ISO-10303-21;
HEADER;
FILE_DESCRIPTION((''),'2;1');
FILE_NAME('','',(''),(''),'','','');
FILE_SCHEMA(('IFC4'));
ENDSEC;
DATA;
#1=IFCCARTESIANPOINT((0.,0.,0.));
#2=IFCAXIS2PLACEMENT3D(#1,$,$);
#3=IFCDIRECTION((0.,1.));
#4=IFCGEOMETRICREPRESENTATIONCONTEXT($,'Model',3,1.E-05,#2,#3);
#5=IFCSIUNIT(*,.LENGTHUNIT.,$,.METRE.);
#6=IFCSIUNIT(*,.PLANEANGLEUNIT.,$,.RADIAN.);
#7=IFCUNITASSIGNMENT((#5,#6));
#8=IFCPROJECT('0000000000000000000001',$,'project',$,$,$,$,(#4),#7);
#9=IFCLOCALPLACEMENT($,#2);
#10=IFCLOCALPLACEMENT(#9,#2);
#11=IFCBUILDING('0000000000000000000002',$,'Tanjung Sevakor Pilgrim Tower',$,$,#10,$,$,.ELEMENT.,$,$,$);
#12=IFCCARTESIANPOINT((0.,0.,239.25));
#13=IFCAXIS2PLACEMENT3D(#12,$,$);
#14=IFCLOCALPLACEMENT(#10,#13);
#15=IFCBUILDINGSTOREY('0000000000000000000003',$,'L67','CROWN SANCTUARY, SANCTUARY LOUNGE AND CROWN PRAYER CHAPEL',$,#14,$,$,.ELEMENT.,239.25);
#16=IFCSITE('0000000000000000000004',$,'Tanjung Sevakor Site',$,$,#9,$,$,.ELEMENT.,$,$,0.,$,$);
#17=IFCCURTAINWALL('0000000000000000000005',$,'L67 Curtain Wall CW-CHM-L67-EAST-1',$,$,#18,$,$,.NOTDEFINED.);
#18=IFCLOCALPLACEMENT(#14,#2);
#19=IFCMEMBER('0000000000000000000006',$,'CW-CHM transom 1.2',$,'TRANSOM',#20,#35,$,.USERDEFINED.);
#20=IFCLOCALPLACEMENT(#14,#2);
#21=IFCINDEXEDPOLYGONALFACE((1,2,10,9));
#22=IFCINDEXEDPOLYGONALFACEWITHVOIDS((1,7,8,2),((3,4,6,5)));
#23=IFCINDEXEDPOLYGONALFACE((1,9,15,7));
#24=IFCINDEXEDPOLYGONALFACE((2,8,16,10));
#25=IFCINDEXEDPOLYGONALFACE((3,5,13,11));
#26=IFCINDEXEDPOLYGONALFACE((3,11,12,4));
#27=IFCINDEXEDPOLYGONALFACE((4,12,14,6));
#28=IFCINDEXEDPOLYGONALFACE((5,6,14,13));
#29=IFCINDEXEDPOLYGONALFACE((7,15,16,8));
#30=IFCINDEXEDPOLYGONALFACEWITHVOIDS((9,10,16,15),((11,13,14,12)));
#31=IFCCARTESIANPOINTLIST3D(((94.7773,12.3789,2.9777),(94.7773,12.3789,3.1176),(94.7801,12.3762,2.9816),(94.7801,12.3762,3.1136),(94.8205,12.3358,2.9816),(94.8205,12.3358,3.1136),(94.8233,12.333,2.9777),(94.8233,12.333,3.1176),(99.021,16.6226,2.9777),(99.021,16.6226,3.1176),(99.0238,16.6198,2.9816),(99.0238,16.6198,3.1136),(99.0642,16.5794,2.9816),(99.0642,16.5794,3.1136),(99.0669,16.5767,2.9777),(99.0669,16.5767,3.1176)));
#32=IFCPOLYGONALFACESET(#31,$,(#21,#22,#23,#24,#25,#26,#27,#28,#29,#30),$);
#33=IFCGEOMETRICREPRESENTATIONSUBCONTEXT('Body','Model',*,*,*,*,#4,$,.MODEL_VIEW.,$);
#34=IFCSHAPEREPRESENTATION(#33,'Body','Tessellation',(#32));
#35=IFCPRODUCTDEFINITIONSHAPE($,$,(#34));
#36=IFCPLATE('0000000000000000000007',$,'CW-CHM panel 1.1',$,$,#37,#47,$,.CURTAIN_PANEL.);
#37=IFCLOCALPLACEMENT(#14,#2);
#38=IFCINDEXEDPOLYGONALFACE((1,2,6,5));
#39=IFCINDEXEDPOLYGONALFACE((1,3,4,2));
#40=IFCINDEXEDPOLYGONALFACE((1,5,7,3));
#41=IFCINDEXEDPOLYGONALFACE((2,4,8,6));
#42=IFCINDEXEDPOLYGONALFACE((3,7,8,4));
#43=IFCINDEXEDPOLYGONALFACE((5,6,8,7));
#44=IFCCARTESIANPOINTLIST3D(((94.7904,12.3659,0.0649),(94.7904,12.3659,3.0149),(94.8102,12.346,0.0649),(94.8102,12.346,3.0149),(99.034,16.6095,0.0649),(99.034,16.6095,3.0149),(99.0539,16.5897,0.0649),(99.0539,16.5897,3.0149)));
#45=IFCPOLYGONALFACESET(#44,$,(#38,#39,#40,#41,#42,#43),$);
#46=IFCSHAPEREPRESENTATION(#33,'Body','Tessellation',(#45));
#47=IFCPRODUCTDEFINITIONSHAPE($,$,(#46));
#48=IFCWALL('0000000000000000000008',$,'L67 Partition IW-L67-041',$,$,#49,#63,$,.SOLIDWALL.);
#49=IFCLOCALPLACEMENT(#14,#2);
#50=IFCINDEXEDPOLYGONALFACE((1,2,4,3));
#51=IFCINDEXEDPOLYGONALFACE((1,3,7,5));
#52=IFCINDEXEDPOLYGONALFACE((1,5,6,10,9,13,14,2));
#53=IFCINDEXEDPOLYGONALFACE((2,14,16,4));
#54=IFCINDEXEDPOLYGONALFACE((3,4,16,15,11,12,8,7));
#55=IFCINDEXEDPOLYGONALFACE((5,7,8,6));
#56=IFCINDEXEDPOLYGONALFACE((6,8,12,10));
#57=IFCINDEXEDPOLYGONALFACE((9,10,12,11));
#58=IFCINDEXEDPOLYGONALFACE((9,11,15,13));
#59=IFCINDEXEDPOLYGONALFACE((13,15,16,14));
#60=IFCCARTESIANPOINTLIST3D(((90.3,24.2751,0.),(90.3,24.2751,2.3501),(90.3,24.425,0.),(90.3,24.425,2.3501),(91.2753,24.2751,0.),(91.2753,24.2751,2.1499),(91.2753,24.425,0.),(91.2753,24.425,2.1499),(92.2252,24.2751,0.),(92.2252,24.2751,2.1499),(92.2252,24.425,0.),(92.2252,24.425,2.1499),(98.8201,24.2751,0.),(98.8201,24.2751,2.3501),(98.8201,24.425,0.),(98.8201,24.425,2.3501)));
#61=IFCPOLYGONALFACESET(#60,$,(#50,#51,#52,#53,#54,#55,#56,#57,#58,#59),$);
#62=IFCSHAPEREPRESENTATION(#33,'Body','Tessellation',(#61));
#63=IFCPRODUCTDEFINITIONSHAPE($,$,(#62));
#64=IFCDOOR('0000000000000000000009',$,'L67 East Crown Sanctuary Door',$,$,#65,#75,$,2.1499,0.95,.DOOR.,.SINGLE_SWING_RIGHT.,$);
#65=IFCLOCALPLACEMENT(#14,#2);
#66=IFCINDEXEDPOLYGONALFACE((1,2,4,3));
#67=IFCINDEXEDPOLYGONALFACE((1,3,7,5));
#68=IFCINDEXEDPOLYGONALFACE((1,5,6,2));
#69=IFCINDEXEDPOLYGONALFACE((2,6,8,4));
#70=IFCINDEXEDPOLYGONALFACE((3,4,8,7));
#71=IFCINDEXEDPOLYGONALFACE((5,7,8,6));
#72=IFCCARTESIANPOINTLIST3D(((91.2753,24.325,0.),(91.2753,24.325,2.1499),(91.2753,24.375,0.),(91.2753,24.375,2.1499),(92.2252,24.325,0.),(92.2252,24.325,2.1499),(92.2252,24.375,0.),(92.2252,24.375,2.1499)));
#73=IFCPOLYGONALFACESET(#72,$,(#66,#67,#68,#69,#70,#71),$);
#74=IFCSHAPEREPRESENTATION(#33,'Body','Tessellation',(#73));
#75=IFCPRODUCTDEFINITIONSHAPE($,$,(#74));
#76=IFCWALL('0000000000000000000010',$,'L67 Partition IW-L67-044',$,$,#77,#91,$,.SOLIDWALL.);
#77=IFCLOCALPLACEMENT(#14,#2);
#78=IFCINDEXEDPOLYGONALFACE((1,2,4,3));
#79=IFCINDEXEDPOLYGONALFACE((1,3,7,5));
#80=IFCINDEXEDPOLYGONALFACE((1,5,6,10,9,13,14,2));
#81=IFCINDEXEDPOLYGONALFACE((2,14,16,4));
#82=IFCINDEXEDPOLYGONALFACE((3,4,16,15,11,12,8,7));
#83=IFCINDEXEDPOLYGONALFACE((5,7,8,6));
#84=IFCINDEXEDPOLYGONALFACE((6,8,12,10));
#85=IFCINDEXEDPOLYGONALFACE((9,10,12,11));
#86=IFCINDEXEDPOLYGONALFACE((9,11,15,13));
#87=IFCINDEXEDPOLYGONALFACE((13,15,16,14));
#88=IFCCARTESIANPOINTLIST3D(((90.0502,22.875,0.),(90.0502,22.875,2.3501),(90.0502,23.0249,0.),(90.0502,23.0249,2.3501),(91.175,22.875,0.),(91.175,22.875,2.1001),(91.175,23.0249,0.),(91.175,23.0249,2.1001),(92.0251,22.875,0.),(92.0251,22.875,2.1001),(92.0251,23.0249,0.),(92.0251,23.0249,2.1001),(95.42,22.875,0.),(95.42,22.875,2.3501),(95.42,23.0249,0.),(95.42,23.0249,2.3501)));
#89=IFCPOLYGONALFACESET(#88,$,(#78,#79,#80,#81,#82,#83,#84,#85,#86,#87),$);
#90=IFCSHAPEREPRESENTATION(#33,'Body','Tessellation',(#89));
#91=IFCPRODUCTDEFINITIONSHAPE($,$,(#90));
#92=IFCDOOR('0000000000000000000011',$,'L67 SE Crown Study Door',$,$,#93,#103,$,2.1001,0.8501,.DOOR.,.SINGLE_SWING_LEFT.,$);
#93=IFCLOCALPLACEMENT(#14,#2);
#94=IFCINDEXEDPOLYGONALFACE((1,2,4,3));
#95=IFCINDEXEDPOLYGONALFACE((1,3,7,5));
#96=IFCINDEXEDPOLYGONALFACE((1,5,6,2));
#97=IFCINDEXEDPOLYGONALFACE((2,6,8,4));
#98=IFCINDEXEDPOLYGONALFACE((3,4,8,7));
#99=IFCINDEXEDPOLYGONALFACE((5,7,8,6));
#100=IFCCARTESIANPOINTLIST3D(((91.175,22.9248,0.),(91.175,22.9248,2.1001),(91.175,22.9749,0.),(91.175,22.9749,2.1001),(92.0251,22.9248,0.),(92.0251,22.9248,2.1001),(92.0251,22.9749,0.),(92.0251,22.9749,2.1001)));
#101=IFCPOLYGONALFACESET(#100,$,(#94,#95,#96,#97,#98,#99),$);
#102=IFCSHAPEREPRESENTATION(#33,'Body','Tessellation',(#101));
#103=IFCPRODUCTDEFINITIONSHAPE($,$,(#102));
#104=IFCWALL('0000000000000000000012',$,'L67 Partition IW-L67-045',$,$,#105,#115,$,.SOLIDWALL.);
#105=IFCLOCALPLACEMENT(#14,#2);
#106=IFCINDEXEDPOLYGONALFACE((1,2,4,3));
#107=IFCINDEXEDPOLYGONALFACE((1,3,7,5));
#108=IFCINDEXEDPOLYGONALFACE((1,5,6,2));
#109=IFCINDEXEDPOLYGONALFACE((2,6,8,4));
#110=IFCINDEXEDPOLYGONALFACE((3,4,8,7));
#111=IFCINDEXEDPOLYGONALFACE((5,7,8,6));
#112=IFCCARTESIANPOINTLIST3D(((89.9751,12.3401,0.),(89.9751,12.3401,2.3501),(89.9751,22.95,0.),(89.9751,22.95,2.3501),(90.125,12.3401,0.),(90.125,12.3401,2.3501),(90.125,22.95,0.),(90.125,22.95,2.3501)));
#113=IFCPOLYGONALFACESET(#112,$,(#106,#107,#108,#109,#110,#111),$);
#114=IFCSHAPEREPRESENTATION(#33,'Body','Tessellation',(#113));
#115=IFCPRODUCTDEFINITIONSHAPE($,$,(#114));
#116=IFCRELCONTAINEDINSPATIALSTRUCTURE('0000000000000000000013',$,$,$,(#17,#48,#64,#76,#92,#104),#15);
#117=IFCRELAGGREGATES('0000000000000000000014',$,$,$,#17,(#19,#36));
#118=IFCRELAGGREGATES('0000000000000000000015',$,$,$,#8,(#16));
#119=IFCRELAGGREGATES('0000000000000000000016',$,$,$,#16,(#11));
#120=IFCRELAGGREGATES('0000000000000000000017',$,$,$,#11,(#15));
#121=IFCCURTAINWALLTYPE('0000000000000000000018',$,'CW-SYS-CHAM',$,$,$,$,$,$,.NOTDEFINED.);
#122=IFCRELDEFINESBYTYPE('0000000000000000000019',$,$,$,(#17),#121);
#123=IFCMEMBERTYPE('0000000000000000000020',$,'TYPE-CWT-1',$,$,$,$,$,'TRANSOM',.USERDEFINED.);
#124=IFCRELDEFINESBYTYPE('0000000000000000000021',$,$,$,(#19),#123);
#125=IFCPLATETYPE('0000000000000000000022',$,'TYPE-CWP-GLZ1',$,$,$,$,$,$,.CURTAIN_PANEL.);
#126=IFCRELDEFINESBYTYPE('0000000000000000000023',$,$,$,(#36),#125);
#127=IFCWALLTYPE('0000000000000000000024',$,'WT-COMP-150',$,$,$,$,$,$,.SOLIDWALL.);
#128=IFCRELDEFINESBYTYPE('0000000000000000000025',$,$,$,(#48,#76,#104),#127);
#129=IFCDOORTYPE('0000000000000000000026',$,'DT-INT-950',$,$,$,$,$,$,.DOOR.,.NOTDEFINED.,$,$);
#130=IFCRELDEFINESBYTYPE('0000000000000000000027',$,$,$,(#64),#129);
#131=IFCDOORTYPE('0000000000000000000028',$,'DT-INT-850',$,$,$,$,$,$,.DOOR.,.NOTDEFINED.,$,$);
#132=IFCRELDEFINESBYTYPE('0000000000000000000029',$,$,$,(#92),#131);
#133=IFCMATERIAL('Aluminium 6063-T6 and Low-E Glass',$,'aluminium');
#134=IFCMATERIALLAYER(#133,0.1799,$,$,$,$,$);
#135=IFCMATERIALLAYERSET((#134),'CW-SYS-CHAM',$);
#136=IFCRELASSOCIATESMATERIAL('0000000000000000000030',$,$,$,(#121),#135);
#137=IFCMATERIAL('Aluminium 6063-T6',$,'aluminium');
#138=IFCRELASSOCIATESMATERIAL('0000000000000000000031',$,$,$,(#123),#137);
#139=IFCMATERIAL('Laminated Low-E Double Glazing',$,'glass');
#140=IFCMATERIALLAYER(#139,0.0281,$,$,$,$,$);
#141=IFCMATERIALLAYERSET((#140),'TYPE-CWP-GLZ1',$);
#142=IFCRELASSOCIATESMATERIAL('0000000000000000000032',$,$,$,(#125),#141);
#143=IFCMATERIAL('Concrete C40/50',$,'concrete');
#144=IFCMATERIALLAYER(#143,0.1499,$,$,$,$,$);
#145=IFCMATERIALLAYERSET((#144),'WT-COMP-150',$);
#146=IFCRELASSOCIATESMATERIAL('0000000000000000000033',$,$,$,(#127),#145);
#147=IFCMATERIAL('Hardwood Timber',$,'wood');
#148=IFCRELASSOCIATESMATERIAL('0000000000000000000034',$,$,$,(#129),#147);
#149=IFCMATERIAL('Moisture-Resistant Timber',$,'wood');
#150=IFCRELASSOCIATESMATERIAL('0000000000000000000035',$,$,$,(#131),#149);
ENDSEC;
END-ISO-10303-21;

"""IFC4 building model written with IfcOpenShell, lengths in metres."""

from ifc_helpers import new_model, si_unit, direction, frame, frame_2d, origin, origin_2d, place, context, subcontext, project, spatial, rectangle, hollow_rectangle, extrude, material, layer, layer_set, material_profile, profile_set, type_object, element, fill, aggregate, save


model = new_model("IFC4")

# Units and contexts
model_context = context("Model", 3, precision=1e-05, world=origin(), true_north=direction((0.0, 1.0)))
body_context = subcontext(model_context, "Body", "Model", "MODEL_VIEW")
ifc_project = project(units=[si_unit("LENGTHUNIT", "METRE"), si_unit("PLANEANGLEUNIT", "RADIAN")], contexts=[model_context])

# Site, building, storey
site_placement = place(None, origin())
site = spatial("IfcSite", under=ifc_project, at=site_placement, Name="Tanjung Sevakor Site", CompositionType="ELEMENT", RefElevation=0.0)
building_placement = place(site_placement, origin())
building = spatial("IfcBuilding", under=site, at=building_placement, Name="Tanjung Sevakor Pilgrim Tower", CompositionType="ELEMENT")
storey_placement = place(building_placement, frame((0.0, 0.0, 239.25)))
storey = spatial("IfcBuildingStorey", under=building, at=storey_placement, Name="L67", Description="CROWN SANCTUARY, SANCTUARY LOUNGE AND CROWN PRAYER CHAPEL", CompositionType="ELEMENT", Elevation=239.25)

# Curtain wall, member, plate
ifc_material_1 = material(Name="Aluminium 6063-T6 and Low-E Glass", Category="aluminium")
ifc_layer_1 = layer(ifc_material_1, 0.1799)
ifc_layer_set_1 = layer_set([ifc_layer_1], Name="CW-SYS-CHAM")
curtain_wall_type = type_object("IfcCurtainWallType", Name="CW-SYS-CHAM", PredefinedType="NOTDEFINED", material=ifc_layer_set_1)
curtain_wall_placement = place(storey_placement, origin())
curtain_wall = element("IfcCurtainWall", 1, at=curtain_wall_placement, inside=storey, type_object=curtain_wall_type, Name="L67 Curtain Wall CW-CHM-L67-EAST-1", PredefinedType="NOTDEFINED")
ifc_material_2 = material(Name="Aluminium 6063-T6", Category="aluminium")
ifc_material_profile_1 = material_profile(ifc_material_2, hollow_rectangle(XDim=0.0649, YDim=0.1399, WallThickness=0.0039, at=origin_2d()))
ifc_profile_set_1 = profile_set([ifc_material_profile_1], Name="Aluminium 6063-T6")
member_type_1 = type_object("IfcMemberType", Name="TYPE-CWT-1", ElementType="TRANSOM", PredefinedType="USERDEFINED", material=ifc_profile_set_1)
member_1_placement = place(storey_placement, frame((94.8003, 12.356, 3.0476), z_axis=(0.707107, 0.707107, 0.0), x_axis=(-0.707107, 0.707107, 0.0)))
member_1 = element("IfcMember", 2, at=member_1_placement, type_object=member_type_1, Name="CW-CHM transom 1.2", ObjectType="TRANSOM", PredefinedType="USERDEFINED", context=body_context, shape_type="SweptSolid", body=[
    extrude(hollow_rectangle(XDim=0.0649, YDim=0.1399, WallThickness=0.0039, at=origin_2d()), origin(), (0.0, 0.0, 1.0), 6.0015),
])
ifc_material_3 = material(Name="Laminated Low-E Double Glazing", Category="glass")
ifc_layer_2 = layer(ifc_material_3, 0.0281)
ifc_layer_set_2 = layer_set([ifc_layer_2], Name="TYPE-CWP-GLZ1")
plate_type = type_object("IfcPlateType", Name="TYPE-CWP-GLZ1", PredefinedType="CURTAIN_PANEL", material=ifc_layer_set_2)
plate_placement = place(storey_placement, frame((96.9221, 14.4778, 0.0649), z_axis=(0.0, 0.0, 1.0), x_axis=(0.707107, 0.707107, 0.0)))
plate = element("IfcPlate", 3, at=plate_placement, type_object=plate_type, Name="CW-CHM panel 1.1", PredefinedType="CURTAIN_PANEL", context=body_context, shape_type="SweptSolid", body=[
    extrude(rectangle(XDim=6.0015, YDim=0.0281, at=origin_2d()), origin(), (0.0, 0.0, 1.0), 2.95),
])
aggregate(curtain_wall, [member_1, plate])

# Wall, opening, door
ifc_material_4 = material(Name="Concrete C40/50", Category="concrete")
ifc_layer_3 = layer(ifc_material_4, 0.1499)
ifc_layer_set_3 = layer_set([ifc_layer_3], Name="WT-COMP-150")
wall_type_1 = type_object("IfcWallType", Name="WT-COMP-150", PredefinedType="SOLIDWALL", material=ifc_layer_set_3)
wall_1_placement = place(storey_placement, frame((90.3, 24.3501, 0.0), z_axis=(0.0, 0.0, 1.0), x_axis=(1.0, 0.0, 0.0)))
wall_1 = element("IfcWall", 4, at=wall_1_placement, inside=storey, type_object=wall_type_1, Name="L67 Partition IW-L67-041", PredefinedType="SOLIDWALL", context=body_context, shape_type="SweptSolid", body=[
    extrude(rectangle(XDim=8.52, YDim=0.1499, at=frame_2d((4.26, 0.0))), origin(), (0.0, 0.0, 1.0), 2.3501),
])
opening_1_placement = place(wall_1_placement, frame((0.9751, 0.0, 0.0)))
opening_1 = element("IfcOpeningElement", 5, at=opening_1_placement, cuts=wall_1, PredefinedType="OPENING", context=body_context, shape_type="SweptSolid", body=[
    extrude(rectangle(XDim=0.95, YDim=2.1499, at=frame_2d((0.4751, 1.075))), frame((0.0, 0.085, 0.0), z_axis=(0.0, -1.0, 0.0), x_axis=(1.0, 0.0, 0.0)), (0.0, 0.0, 1.0), 0.1699),
])
ifc_material_5 = material(Name="Hardwood Timber", Category="wood")
door_type_1 = type_object("IfcDoorType", Name="DT-INT-950", OperationType="NOTDEFINED", PredefinedType="DOOR", material=ifc_material_5)
door_1_placement = place(opening_1_placement, origin())
door_1 = element("IfcDoor", 6, at=door_1_placement, inside=storey, type_object=door_type_1, Name="L67 East Crown Sanctuary Door", OperationType="SINGLE_SWING_RIGHT", OverallHeight=2.1499, OverallWidth=0.95, PredefinedType="DOOR", context=body_context, shape_type="SweptSolid", body=[
    extrude(rectangle(XDim=0.95, YDim=2.1499, at=frame_2d((0.4751, 1.075))), frame((0.0, 0.0249, 0.0), z_axis=(0.0, -1.0, 0.0), x_axis=(1.0, 0.0, 0.0)), (0.0, 0.0, 1.0), 0.05),
])
fill(opening_1, door_1)

# Wall, opening, door
wall_2_placement = place(storey_placement, frame((90.05, 22.95, 0.0), z_axis=(0.0, 0.0, 1.0), x_axis=(1.0, 0.0, 0.0)))
wall_2 = element("IfcWall", 7, at=wall_2_placement, inside=storey, type_object=wall_type_1, Name="L67 Partition IW-L67-044", PredefinedType="SOLIDWALL", context=body_context, shape_type="SweptSolid", body=[
    extrude(rectangle(XDim=5.3699, YDim=0.1499, at=frame_2d((2.6851, 0.0))), origin(), (0.0, 0.0, 1.0), 2.3501),
])
opening_2_placement = place(wall_2_placement, frame((1.125, 0.0, 0.0)))
opening_2 = element("IfcOpeningElement", 8, at=opening_2_placement, cuts=wall_2, PredefinedType="OPENING", context=body_context, shape_type="SweptSolid", body=[
    extrude(rectangle(XDim=0.8501, YDim=2.1001, at=frame_2d((0.425, 1.05))), frame((0.0, 0.085, 0.0), z_axis=(0.0, -1.0, 0.0), x_axis=(1.0, 0.0, 0.0)), (0.0, 0.0, 1.0), 0.1699),
])
ifc_material_6 = material(Name="Moisture-Resistant Timber", Category="wood")
door_type_2 = type_object("IfcDoorType", Name="DT-INT-850", OperationType="NOTDEFINED", PredefinedType="DOOR", material=ifc_material_6)
door_2_placement = place(opening_2_placement, origin())
door_2 = element("IfcDoor", 9, at=door_2_placement, inside=storey, type_object=door_type_2, Name="L67 SE Crown Study Door", OperationType="SINGLE_SWING_LEFT", OverallHeight=2.1001, OverallWidth=0.8501, PredefinedType="DOOR", context=body_context, shape_type="SweptSolid", body=[
    extrude(rectangle(XDim=0.8501, YDim=2.1001, at=frame_2d((0.425, 1.05))), frame((0.0, 0.0249, 0.0), z_axis=(0.0, -1.0, 0.0), x_axis=(1.0, 0.0, 0.0)), (0.0, 0.0, 1.0), 0.05),
])
fill(opening_2, door_2)

# Wall
wall_3_placement = place(storey_placement, frame((90.05, 12.3401, 0.0), z_axis=(0.0, 0.0, 1.0), x_axis=(0.0, 1.0, 0.0)))
element("IfcWall", 10, at=wall_3_placement, inside=storey, type_object=wall_type_1, Name="L67 Partition IW-L67-045", PredefinedType="SOLIDWALL", context=body_context, shape_type="SweptSolid", body=[
    extrude(rectangle(XDim=10.6099, YDim=0.1499, at=frame_2d((5.3049, 0.0))), origin(), (0.0, 0.0, 1.0), 2.3501),
])

save(model, "model.ifc")
